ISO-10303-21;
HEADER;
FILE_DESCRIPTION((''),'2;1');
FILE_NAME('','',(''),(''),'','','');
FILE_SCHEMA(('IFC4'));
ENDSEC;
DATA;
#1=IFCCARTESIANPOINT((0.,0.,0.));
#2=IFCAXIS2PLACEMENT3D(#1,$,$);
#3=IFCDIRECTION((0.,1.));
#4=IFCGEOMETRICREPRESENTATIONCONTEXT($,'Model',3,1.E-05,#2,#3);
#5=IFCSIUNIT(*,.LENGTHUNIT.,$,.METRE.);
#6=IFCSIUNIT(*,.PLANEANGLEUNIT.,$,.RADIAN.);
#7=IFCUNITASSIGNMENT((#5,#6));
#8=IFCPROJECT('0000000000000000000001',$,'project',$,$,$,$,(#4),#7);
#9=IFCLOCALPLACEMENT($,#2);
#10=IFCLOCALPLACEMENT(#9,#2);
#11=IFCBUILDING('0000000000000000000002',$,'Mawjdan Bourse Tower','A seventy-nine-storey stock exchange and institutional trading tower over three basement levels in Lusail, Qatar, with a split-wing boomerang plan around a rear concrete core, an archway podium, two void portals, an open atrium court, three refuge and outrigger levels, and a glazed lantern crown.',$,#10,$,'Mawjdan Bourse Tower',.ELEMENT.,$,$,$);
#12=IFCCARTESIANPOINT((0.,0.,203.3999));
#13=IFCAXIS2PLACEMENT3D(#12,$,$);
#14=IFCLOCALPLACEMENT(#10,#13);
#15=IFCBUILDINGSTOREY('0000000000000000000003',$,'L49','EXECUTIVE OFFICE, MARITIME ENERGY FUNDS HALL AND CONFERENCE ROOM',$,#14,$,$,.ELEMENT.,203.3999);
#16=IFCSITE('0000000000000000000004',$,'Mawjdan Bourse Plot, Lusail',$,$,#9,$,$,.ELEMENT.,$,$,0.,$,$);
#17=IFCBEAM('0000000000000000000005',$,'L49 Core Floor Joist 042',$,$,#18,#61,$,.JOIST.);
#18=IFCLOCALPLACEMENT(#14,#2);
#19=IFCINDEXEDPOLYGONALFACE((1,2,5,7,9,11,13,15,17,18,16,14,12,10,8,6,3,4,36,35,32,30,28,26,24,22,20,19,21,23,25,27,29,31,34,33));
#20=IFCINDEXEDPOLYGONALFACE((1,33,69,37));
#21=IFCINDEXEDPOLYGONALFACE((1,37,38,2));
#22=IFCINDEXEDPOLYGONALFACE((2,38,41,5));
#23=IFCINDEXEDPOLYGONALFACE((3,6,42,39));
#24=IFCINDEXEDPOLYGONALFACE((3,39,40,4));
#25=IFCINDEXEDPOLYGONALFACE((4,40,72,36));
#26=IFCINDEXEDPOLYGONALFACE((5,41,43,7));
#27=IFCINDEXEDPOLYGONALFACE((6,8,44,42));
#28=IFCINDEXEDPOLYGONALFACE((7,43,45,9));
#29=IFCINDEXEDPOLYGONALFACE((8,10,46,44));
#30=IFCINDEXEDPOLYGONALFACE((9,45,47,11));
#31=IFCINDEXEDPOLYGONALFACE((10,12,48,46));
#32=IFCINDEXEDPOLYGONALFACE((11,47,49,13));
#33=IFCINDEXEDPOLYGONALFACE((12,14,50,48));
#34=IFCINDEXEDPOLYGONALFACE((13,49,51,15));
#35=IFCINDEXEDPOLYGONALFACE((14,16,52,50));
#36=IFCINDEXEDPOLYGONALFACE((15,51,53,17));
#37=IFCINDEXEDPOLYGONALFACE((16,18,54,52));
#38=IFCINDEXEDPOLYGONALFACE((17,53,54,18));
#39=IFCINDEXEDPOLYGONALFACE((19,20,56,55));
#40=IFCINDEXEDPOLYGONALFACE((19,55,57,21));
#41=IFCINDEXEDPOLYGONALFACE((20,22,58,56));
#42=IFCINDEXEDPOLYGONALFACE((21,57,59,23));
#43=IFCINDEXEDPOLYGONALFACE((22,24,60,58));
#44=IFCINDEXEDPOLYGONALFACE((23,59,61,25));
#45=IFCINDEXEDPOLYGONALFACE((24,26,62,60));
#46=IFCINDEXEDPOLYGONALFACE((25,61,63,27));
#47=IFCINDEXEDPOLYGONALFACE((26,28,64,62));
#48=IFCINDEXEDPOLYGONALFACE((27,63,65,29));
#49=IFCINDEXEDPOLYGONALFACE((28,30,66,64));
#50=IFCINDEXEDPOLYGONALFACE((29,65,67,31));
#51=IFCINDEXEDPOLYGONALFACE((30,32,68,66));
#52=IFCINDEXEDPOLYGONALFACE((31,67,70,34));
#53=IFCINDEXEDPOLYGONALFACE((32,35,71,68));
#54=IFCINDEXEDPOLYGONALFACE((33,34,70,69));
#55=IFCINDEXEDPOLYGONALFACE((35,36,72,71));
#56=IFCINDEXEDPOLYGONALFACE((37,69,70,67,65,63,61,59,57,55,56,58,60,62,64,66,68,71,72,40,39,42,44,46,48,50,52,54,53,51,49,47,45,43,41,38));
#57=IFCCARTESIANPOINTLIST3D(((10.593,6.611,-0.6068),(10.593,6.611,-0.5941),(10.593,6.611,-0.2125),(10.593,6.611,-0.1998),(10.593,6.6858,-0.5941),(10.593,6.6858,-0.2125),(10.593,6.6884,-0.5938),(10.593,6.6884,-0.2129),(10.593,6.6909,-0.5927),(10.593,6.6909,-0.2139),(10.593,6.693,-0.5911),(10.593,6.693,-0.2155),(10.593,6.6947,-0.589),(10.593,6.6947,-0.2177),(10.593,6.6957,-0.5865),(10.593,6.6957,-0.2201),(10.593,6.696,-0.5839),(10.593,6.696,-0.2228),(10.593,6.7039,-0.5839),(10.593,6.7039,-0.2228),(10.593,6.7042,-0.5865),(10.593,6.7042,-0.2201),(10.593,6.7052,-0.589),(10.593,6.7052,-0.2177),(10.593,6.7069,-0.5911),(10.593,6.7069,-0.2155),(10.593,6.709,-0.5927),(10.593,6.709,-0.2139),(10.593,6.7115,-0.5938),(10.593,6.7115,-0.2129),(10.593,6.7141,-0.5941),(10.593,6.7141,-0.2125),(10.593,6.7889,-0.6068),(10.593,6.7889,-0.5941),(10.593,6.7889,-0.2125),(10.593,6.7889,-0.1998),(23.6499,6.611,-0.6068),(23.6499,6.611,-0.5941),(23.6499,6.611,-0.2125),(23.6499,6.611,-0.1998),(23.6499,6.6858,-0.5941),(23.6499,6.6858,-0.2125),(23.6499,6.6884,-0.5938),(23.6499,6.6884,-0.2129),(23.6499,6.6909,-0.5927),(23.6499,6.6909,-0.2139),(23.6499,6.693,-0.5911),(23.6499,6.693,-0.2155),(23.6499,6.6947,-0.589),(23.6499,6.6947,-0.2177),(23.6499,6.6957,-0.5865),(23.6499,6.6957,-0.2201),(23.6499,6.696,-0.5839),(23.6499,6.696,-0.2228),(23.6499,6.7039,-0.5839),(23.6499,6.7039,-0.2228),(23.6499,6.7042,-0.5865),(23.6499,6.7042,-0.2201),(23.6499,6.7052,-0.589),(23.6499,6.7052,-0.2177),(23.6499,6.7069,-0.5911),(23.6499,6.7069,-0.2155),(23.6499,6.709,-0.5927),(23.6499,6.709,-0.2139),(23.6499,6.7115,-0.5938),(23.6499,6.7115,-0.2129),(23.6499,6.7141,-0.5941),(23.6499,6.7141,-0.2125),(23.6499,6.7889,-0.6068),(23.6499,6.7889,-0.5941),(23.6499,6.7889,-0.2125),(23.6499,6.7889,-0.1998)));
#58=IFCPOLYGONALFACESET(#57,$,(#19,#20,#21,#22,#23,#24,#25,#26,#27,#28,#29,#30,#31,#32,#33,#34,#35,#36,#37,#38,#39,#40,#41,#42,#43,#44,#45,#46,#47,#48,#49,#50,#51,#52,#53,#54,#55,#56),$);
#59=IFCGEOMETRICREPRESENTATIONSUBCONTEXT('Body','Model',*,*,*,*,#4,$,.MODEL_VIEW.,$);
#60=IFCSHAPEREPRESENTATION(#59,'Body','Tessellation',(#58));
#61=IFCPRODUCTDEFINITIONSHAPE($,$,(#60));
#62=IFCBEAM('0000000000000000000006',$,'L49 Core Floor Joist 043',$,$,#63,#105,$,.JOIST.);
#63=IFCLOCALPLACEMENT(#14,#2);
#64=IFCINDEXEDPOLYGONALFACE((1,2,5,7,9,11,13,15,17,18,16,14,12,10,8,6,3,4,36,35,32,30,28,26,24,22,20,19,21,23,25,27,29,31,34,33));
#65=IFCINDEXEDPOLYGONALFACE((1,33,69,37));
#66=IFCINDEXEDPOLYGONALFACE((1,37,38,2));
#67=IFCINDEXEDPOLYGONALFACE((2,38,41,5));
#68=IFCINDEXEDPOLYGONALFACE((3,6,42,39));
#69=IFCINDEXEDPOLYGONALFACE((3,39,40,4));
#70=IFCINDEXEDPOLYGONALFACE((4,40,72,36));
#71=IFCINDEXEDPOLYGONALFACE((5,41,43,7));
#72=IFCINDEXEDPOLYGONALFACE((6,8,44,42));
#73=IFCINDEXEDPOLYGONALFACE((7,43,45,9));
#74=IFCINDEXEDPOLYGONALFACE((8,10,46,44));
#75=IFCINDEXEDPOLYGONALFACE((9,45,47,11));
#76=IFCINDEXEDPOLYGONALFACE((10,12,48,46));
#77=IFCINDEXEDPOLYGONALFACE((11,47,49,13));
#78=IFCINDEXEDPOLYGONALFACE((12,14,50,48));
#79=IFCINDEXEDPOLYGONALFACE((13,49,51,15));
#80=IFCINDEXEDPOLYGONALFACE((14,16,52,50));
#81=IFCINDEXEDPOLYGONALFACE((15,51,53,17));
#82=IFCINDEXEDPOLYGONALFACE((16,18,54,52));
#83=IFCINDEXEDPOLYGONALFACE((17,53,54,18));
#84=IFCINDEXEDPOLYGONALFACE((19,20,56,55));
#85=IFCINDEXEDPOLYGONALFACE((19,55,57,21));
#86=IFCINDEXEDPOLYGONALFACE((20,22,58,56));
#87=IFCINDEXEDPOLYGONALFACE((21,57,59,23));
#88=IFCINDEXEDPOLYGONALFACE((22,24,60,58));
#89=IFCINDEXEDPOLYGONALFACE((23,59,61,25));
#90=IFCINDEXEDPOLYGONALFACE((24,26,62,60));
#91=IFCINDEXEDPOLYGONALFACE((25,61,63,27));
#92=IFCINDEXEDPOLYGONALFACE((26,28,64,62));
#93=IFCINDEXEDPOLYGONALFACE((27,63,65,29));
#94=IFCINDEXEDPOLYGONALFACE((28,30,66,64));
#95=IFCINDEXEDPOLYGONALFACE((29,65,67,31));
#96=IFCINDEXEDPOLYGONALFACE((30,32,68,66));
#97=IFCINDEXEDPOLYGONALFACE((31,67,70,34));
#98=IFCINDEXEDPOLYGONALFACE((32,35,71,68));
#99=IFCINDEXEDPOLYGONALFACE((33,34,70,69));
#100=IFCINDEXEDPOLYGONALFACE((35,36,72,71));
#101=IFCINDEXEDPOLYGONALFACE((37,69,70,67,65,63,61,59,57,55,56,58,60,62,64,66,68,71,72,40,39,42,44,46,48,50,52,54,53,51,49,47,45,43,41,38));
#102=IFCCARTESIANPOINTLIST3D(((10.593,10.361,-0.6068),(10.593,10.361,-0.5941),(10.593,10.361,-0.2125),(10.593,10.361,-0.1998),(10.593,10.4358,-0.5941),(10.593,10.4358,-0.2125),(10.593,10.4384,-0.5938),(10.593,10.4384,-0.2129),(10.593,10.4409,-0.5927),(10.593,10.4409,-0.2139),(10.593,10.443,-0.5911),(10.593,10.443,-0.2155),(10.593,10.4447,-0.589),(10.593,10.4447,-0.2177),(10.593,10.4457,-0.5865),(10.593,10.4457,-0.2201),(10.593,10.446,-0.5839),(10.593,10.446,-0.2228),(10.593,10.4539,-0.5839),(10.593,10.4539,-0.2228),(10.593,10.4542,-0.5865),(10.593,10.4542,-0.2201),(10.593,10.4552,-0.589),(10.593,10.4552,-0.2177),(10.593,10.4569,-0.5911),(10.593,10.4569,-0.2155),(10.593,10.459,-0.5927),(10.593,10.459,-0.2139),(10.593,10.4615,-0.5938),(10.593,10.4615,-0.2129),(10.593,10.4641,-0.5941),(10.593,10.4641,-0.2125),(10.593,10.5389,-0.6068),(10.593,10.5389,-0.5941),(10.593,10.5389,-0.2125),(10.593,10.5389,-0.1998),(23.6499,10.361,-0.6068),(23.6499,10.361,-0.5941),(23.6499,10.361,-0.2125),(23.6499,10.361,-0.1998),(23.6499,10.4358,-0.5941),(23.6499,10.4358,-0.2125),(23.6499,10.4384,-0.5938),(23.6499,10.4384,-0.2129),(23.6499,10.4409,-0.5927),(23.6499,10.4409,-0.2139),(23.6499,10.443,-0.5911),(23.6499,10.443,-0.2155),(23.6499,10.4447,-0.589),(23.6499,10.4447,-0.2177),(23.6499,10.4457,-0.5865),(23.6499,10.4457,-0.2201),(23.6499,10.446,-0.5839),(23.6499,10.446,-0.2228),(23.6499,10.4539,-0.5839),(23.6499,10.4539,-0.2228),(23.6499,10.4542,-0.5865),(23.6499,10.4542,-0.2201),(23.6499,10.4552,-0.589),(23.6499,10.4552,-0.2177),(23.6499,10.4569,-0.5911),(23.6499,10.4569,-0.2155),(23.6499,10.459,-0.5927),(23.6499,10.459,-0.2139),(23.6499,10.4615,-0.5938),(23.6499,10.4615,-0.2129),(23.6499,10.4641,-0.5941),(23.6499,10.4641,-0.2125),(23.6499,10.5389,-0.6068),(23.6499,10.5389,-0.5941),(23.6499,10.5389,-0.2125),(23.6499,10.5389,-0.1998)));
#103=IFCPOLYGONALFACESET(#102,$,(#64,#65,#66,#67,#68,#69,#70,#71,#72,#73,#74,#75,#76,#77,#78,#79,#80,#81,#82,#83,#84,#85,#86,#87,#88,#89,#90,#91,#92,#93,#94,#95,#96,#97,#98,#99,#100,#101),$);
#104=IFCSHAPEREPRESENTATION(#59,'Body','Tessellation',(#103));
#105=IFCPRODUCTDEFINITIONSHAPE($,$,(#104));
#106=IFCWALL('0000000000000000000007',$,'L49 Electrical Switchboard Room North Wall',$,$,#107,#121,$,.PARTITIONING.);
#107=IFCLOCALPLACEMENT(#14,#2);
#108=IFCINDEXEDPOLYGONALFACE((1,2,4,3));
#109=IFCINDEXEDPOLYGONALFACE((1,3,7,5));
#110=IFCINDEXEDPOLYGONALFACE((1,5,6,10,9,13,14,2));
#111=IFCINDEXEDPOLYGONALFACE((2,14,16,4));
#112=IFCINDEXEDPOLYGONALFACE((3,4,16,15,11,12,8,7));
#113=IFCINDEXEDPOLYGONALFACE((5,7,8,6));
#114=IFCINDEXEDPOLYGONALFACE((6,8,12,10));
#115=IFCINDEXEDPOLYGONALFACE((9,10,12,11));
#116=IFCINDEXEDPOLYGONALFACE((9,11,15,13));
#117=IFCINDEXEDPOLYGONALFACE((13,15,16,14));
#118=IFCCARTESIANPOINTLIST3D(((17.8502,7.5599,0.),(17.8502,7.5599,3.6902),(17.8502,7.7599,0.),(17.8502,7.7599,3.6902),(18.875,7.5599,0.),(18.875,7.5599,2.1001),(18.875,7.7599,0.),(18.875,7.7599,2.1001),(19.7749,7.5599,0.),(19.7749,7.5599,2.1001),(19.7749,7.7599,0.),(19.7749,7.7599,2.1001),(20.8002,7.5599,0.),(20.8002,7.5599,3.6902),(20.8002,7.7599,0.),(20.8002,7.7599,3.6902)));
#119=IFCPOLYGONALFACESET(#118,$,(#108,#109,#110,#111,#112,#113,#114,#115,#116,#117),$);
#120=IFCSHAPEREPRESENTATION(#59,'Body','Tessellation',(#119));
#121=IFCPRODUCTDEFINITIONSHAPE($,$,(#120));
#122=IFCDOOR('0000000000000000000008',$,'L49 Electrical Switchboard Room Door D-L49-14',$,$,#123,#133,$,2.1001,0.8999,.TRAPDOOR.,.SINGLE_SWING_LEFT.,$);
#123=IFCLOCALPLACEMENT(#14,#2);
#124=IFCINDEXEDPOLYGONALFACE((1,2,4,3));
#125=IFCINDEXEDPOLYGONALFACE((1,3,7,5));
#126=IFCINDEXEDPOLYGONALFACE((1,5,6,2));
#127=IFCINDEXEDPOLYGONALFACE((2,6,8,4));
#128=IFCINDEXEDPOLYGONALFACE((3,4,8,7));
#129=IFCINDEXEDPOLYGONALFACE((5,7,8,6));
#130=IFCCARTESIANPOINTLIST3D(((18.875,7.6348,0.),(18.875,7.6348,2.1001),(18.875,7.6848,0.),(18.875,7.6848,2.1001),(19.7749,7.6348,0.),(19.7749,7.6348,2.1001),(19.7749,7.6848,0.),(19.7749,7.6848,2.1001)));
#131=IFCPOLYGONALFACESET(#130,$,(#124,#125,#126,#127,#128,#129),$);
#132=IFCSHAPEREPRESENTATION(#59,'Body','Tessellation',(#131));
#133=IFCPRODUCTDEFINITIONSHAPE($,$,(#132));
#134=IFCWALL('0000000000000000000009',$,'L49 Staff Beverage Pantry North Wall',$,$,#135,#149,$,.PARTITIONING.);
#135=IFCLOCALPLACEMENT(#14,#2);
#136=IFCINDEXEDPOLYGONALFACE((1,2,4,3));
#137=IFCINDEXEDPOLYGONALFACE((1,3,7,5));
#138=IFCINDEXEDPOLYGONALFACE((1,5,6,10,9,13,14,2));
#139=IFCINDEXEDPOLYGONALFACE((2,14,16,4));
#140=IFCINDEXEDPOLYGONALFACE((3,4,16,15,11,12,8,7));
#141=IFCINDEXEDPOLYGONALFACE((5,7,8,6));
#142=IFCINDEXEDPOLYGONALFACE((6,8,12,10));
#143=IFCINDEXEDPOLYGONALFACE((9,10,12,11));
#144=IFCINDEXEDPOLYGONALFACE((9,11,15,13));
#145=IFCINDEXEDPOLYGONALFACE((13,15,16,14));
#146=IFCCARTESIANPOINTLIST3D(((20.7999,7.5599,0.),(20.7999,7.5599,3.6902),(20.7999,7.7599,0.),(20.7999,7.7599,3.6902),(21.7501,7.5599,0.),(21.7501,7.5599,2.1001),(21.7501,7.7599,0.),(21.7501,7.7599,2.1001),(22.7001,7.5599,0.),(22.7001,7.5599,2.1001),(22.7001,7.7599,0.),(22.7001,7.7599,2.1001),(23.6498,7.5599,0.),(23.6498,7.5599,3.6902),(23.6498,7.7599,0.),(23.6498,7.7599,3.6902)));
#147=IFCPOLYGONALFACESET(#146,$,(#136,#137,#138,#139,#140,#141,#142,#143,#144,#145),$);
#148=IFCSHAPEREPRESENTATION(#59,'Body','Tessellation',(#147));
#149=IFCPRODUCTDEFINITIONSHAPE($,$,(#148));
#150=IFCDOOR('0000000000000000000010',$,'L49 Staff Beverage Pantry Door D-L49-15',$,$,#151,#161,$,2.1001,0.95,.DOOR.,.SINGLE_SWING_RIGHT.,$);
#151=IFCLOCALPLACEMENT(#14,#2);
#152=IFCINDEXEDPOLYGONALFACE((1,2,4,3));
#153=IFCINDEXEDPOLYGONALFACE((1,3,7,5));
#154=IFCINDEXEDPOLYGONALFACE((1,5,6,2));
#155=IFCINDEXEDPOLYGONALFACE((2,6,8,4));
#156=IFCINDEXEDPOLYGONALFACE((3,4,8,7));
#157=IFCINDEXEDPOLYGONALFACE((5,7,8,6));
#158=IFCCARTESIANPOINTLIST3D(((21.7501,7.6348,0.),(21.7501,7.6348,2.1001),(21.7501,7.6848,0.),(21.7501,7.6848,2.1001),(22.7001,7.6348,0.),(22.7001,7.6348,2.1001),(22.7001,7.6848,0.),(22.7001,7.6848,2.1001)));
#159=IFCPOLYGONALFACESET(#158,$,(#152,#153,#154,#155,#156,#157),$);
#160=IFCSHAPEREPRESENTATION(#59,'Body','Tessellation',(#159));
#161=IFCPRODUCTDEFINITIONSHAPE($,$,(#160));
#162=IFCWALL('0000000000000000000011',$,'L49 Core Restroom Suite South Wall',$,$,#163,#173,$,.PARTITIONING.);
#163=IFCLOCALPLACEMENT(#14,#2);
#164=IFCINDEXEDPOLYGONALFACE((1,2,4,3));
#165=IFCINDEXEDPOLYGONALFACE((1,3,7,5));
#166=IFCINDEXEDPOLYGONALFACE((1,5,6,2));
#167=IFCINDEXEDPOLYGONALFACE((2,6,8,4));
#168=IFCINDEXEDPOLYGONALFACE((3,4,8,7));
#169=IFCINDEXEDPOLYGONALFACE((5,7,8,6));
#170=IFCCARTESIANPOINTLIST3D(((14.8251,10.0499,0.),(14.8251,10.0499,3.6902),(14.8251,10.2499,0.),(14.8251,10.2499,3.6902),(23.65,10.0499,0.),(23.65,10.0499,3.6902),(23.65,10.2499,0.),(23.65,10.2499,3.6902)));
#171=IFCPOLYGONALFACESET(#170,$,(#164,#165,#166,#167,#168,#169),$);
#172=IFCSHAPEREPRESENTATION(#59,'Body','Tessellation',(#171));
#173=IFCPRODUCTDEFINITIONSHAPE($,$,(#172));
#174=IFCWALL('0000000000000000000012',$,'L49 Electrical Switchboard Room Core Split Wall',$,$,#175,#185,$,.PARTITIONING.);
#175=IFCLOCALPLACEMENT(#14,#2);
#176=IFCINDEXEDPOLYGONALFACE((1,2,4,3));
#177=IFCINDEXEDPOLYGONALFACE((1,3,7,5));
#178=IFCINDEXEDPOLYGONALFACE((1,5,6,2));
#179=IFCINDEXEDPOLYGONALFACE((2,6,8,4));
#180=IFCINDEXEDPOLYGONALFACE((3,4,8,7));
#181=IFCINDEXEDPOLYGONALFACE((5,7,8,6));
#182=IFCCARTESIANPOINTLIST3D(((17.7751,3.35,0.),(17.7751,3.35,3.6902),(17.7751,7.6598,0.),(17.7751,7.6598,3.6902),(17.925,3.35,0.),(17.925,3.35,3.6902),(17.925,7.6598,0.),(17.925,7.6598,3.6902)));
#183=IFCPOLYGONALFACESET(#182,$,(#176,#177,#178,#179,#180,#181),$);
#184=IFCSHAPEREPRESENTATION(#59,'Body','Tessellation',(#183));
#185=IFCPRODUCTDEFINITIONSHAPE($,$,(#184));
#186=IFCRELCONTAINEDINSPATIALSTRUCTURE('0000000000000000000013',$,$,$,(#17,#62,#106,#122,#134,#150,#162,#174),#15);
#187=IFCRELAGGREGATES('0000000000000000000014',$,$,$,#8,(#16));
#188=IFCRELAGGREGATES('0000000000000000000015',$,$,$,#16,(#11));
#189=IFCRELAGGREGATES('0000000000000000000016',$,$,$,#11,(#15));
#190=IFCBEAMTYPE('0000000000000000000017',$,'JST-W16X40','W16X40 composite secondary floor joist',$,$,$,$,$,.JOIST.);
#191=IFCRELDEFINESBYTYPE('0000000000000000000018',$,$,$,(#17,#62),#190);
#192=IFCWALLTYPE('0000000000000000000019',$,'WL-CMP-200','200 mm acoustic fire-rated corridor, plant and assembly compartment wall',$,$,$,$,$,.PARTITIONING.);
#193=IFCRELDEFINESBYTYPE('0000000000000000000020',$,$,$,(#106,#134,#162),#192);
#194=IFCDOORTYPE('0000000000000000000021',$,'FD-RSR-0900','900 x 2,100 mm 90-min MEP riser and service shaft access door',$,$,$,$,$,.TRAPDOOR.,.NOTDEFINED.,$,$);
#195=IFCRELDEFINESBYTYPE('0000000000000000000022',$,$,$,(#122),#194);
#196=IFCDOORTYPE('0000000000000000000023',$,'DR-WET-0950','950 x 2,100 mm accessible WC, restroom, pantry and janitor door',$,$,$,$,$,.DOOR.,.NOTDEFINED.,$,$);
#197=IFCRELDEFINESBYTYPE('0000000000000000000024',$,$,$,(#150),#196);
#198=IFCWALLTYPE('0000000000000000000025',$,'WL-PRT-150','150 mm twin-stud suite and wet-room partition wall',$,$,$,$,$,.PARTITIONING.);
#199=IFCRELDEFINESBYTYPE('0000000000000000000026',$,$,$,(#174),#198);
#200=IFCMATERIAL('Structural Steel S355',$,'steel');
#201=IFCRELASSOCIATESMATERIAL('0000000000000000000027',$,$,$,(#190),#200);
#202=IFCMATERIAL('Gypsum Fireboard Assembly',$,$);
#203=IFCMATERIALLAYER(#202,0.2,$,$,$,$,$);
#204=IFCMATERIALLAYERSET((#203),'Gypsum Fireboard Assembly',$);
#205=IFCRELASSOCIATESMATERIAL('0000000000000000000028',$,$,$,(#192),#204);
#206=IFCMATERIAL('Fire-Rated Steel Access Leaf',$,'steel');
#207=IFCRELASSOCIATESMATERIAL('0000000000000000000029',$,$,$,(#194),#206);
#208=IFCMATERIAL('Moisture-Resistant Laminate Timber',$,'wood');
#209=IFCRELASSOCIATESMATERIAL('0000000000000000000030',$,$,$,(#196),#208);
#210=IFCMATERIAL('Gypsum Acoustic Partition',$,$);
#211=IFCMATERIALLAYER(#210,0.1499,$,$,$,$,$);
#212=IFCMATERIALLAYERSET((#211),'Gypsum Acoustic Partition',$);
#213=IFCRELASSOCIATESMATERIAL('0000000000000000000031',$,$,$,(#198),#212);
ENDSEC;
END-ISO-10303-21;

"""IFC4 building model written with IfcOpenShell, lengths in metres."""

from ifc_helpers import new_model, si_unit, direction, frame, frame_2d, origin, origin_2d, place, context, subcontext, project, spatial, rectangle, i_section, extrude, material, layer, layer_set, material_profile, profile_set, type_object, element, fill, save


model = new_model("IFC4")

# Units and contexts
model_context = context("Model", 3, precision=1e-05, world=origin(), true_north=direction((0.0, 1.0)))
body_context = subcontext(model_context, "Body", "Model", "MODEL_VIEW")
ifc_project = project(units=[si_unit("LENGTHUNIT", "METRE"), si_unit("PLANEANGLEUNIT", "RADIAN")], contexts=[model_context])

# Site, building, storey
site_placement = place(None, origin())
site = spatial("IfcSite", under=ifc_project, at=site_placement, Name="Mawjdan Bourse Plot, Lusail", CompositionType="ELEMENT", RefElevation=0.0)
building_placement = place(site_placement, origin())
building = spatial("IfcBuilding", under=site, at=building_placement, Name="Mawjdan Bourse Tower", Description="A seventy-nine-storey stock exchange and institutional trading tower over three basement levels in Lusail, Qatar, with a split-wing boomerang plan around a rear concrete core, an archway podium, two void portals, an open atrium court, three refuge and outrigger levels, and a glazed lantern crown.", LongName="Mawjdan Bourse Tower", CompositionType="ELEMENT")
storey_placement = place(building_placement, frame((0.0, 0.0, 203.3999)))
storey = spatial("IfcBuildingStorey", under=building, at=storey_placement, Name="L49", Description="EXECUTIVE OFFICE, MARITIME ENERGY FUNDS HALL AND CONFERENCE ROOM", CompositionType="ELEMENT", Elevation=203.3999)

# Beams
ifc_material_1 = material(Name="Structural Steel S355", Category="steel")
ifc_material_profile = material_profile(ifc_material_1, i_section(OverallWidth=0.178, OverallDepth=0.407, WebThickness=0.0078, FlangeThickness=0.0127, FilletRadius=0.0103, at=origin_2d()), Name="W16X40")
ifc_profile_set = profile_set([ifc_material_profile], Name="Structural Steel S355")
beam_type = type_object("IfcBeamType", Name="JST-W16X40", Description="W16X40 composite secondary floor joist", PredefinedType="JOIST", material=ifc_profile_set)
for number, where, z_axis, x_axis, name in (
    (1, (10.593, 6.7, -0.4033), (1.0, 0.0, 0.0), (0.0, 1.0, 0.0), "L49 Core Floor Joist 042"),
    (2, (10.593, 10.45, -0.4033), (1.0, 0.0, 0.0), (0.0, 1.0, 0.0), "L49 Core Floor Joist 043"),
):
    element("IfcBeam", number, at=place(storey_placement, frame(where, z_axis=z_axis, x_axis=x_axis)), inside=storey, type_object=beam_type, Name=name, PredefinedType="JOIST", context=body_context, shape_type="SweptSolid", body=[
        extrude(i_section(OverallWidth=0.178, OverallDepth=0.407, WebThickness=0.0078, FlangeThickness=0.0127, FilletRadius=0.0103, at=origin_2d()), origin(), (0.0, 0.0, 1.0), 13.0569),
    ])

# Walls, openings, doors
ifc_material_2 = material(Name="Gypsum Fireboard Assembly")
ifc_layer_1 = layer(ifc_material_2, 0.2)
ifc_layer_set_1 = layer_set([ifc_layer_1], Name="Gypsum Fireboard Assembly")
wall_type_1 = type_object("IfcWallType", Name="WL-CMP-200", Description="200 mm acoustic fire-rated corridor, plant and assembly compartment wall", PredefinedType="PARTITIONING", material=ifc_layer_set_1)
wall_1_placement = place(storey_placement, frame((17.8501, 7.6599, 0.0), z_axis=(0.0, 0.0, 1.0), x_axis=(1.0, 0.0, 0.0)))
wall_1 = element("IfcWall", 3, at=wall_1_placement, inside=storey, type_object=wall_type_1, Name="L49 Electrical Switchboard Room North Wall", PredefinedType="PARTITIONING", context=body_context, shape_type="SweptSolid", body=[
    extrude(rectangle(XDim=2.95, YDim=0.2, at=frame_2d((1.4751, 0.0))), origin(), (0.0, 0.0, 1.0), 3.6902),
])
opening_1_placement = place(wall_1_placement, frame((1.0249, 0.0, 0.0)))
opening_1 = element("IfcOpeningElement", 4, at=opening_1_placement, cuts=wall_1, PredefinedType="OPENING", context=body_context, shape_type="SweptSolid", body=[
    extrude(rectangle(XDim=0.8999, YDim=2.1001, at=frame_2d((0.45, 1.05))), frame((0.0, 0.1099, 0.0), z_axis=(0.0, -1.0, 0.0), x_axis=(1.0, 0.0, 0.0)), (0.0, 0.0, 1.0), 0.22),
])
ifc_material_3 = material(Name="Fire-Rated Steel Access Leaf", Category="steel")
door_type_1 = type_object("IfcDoorType", Name="FD-RSR-0900", Description="900 x 2,100 mm 90-min MEP riser and service shaft access door", OperationType="NOTDEFINED", PredefinedType="TRAPDOOR", material=ifc_material_3)
door_1_placement = place(opening_1_placement, origin())
door_1 = element("IfcDoor", 5, at=door_1_placement, inside=storey, type_object=door_type_1, Name="L49 Electrical Switchboard Room Door D-L49-14", OperationType="SINGLE_SWING_LEFT", OverallHeight=2.1001, OverallWidth=0.8999, PredefinedType="TRAPDOOR", context=body_context, shape_type="SweptSolid", body=[
    extrude(rectangle(XDim=0.8999, YDim=2.1001, at=frame_2d((0.45, 1.05))), frame((0.0, 0.0249, 0.0), z_axis=(0.0, -1.0, 0.0), x_axis=(1.0, 0.0, 0.0)), (0.0, 0.0, 1.0), 0.05),
])
fill(opening_1, door_1)
wall_2_placement = place(storey_placement, frame((20.8, 7.6599, 0.0), z_axis=(0.0, 0.0, 1.0), x_axis=(1.0, 0.0, 0.0)))
wall_2 = element("IfcWall", 6, at=wall_2_placement, inside=storey, type_object=wall_type_1, Name="L49 Staff Beverage Pantry North Wall", PredefinedType="PARTITIONING", context=body_context, shape_type="SweptSolid", body=[
    extrude(rectangle(XDim=2.8499, YDim=0.2, at=frame_2d((1.4248, 0.0))), origin(), (0.0, 0.0, 1.0), 3.6902),
])
opening_2_placement = place(wall_2_placement, frame((0.95, 0.0, 0.0)))
opening_2 = element("IfcOpeningElement", 7, at=opening_2_placement, cuts=wall_2, PredefinedType="OPENING", context=body_context, shape_type="SweptSolid", body=[
    extrude(rectangle(XDim=0.95, YDim=2.1001, at=frame_2d((0.4751, 1.05))), frame((0.0, 0.1099, 0.0), z_axis=(0.0, -1.0, 0.0), x_axis=(1.0, 0.0, 0.0)), (0.0, 0.0, 1.0), 0.22),
])
ifc_material_4 = material(Name="Moisture-Resistant Laminate Timber", Category="wood")
door_type_2 = type_object("IfcDoorType", Name="DR-WET-0950", Description="950 x 2,100 mm accessible WC, restroom, pantry and janitor door", OperationType="NOTDEFINED", PredefinedType="DOOR", material=ifc_material_4)
door_2_placement = place(opening_2_placement, origin())
door_2 = element("IfcDoor", 8, at=door_2_placement, inside=storey, type_object=door_type_2, Name="L49 Staff Beverage Pantry Door D-L49-15", OperationType="SINGLE_SWING_RIGHT", OverallHeight=2.1001, OverallWidth=0.95, PredefinedType="DOOR", context=body_context, shape_type="SweptSolid", body=[
    extrude(rectangle(XDim=0.95, YDim=2.1001, at=frame_2d((0.4751, 1.05))), frame((0.0, 0.0249, 0.0), z_axis=(0.0, -1.0, 0.0), x_axis=(1.0, 0.0, 0.0)), (0.0, 0.0, 1.0), 0.05),
])
fill(opening_2, door_2)

# Walls
wall_3_placement = place(storey_placement, frame((14.825, 10.1499, 0.0), z_axis=(0.0, 0.0, 1.0), x_axis=(1.0, 0.0, 0.0)))
element("IfcWall", 9, at=wall_3_placement, inside=storey, type_object=wall_type_1, Name="L49 Core Restroom Suite South Wall", PredefinedType="PARTITIONING", context=body_context, shape_type="SweptSolid", body=[
    extrude(rectangle(XDim=8.825, YDim=0.2, at=frame_2d((4.4126, 0.0))), origin(), (0.0, 0.0, 1.0), 3.6902),
])
ifc_material_5 = material(Name="Gypsum Acoustic Partition")
ifc_layer_2 = layer(ifc_material_5, 0.1499)
ifc_layer_set_2 = layer_set([ifc_layer_2], Name="Gypsum Acoustic Partition")
wall_type_2 = type_object("IfcWallType", Name="WL-PRT-150", Description="150 mm twin-stud suite and wet-room partition wall", PredefinedType="PARTITIONING", material=ifc_layer_set_2)
for number, where, z_axis, x_axis, name in (
    (10, (17.8501, 3.3501, 0.0), (0.0, 0.0, 1.0), (0.0, 1.0, 0.0), "L49 Electrical Switchboard Room Core Split Wall"),
):
    element("IfcWall", number, at=place(storey_placement, frame(where, z_axis=z_axis, x_axis=x_axis)), inside=storey, type_object=wall_type_2, Name=name, PredefinedType="PARTITIONING", context=body_context, shape_type="SweptSolid", body=[
        extrude(rectangle(XDim=4.3098, YDim=0.1499, at=frame_2d((2.1548, 0.0))), origin(), (0.0, 0.0, 1.0), 3.6902),
    ])

save(model, "model.ifc")
